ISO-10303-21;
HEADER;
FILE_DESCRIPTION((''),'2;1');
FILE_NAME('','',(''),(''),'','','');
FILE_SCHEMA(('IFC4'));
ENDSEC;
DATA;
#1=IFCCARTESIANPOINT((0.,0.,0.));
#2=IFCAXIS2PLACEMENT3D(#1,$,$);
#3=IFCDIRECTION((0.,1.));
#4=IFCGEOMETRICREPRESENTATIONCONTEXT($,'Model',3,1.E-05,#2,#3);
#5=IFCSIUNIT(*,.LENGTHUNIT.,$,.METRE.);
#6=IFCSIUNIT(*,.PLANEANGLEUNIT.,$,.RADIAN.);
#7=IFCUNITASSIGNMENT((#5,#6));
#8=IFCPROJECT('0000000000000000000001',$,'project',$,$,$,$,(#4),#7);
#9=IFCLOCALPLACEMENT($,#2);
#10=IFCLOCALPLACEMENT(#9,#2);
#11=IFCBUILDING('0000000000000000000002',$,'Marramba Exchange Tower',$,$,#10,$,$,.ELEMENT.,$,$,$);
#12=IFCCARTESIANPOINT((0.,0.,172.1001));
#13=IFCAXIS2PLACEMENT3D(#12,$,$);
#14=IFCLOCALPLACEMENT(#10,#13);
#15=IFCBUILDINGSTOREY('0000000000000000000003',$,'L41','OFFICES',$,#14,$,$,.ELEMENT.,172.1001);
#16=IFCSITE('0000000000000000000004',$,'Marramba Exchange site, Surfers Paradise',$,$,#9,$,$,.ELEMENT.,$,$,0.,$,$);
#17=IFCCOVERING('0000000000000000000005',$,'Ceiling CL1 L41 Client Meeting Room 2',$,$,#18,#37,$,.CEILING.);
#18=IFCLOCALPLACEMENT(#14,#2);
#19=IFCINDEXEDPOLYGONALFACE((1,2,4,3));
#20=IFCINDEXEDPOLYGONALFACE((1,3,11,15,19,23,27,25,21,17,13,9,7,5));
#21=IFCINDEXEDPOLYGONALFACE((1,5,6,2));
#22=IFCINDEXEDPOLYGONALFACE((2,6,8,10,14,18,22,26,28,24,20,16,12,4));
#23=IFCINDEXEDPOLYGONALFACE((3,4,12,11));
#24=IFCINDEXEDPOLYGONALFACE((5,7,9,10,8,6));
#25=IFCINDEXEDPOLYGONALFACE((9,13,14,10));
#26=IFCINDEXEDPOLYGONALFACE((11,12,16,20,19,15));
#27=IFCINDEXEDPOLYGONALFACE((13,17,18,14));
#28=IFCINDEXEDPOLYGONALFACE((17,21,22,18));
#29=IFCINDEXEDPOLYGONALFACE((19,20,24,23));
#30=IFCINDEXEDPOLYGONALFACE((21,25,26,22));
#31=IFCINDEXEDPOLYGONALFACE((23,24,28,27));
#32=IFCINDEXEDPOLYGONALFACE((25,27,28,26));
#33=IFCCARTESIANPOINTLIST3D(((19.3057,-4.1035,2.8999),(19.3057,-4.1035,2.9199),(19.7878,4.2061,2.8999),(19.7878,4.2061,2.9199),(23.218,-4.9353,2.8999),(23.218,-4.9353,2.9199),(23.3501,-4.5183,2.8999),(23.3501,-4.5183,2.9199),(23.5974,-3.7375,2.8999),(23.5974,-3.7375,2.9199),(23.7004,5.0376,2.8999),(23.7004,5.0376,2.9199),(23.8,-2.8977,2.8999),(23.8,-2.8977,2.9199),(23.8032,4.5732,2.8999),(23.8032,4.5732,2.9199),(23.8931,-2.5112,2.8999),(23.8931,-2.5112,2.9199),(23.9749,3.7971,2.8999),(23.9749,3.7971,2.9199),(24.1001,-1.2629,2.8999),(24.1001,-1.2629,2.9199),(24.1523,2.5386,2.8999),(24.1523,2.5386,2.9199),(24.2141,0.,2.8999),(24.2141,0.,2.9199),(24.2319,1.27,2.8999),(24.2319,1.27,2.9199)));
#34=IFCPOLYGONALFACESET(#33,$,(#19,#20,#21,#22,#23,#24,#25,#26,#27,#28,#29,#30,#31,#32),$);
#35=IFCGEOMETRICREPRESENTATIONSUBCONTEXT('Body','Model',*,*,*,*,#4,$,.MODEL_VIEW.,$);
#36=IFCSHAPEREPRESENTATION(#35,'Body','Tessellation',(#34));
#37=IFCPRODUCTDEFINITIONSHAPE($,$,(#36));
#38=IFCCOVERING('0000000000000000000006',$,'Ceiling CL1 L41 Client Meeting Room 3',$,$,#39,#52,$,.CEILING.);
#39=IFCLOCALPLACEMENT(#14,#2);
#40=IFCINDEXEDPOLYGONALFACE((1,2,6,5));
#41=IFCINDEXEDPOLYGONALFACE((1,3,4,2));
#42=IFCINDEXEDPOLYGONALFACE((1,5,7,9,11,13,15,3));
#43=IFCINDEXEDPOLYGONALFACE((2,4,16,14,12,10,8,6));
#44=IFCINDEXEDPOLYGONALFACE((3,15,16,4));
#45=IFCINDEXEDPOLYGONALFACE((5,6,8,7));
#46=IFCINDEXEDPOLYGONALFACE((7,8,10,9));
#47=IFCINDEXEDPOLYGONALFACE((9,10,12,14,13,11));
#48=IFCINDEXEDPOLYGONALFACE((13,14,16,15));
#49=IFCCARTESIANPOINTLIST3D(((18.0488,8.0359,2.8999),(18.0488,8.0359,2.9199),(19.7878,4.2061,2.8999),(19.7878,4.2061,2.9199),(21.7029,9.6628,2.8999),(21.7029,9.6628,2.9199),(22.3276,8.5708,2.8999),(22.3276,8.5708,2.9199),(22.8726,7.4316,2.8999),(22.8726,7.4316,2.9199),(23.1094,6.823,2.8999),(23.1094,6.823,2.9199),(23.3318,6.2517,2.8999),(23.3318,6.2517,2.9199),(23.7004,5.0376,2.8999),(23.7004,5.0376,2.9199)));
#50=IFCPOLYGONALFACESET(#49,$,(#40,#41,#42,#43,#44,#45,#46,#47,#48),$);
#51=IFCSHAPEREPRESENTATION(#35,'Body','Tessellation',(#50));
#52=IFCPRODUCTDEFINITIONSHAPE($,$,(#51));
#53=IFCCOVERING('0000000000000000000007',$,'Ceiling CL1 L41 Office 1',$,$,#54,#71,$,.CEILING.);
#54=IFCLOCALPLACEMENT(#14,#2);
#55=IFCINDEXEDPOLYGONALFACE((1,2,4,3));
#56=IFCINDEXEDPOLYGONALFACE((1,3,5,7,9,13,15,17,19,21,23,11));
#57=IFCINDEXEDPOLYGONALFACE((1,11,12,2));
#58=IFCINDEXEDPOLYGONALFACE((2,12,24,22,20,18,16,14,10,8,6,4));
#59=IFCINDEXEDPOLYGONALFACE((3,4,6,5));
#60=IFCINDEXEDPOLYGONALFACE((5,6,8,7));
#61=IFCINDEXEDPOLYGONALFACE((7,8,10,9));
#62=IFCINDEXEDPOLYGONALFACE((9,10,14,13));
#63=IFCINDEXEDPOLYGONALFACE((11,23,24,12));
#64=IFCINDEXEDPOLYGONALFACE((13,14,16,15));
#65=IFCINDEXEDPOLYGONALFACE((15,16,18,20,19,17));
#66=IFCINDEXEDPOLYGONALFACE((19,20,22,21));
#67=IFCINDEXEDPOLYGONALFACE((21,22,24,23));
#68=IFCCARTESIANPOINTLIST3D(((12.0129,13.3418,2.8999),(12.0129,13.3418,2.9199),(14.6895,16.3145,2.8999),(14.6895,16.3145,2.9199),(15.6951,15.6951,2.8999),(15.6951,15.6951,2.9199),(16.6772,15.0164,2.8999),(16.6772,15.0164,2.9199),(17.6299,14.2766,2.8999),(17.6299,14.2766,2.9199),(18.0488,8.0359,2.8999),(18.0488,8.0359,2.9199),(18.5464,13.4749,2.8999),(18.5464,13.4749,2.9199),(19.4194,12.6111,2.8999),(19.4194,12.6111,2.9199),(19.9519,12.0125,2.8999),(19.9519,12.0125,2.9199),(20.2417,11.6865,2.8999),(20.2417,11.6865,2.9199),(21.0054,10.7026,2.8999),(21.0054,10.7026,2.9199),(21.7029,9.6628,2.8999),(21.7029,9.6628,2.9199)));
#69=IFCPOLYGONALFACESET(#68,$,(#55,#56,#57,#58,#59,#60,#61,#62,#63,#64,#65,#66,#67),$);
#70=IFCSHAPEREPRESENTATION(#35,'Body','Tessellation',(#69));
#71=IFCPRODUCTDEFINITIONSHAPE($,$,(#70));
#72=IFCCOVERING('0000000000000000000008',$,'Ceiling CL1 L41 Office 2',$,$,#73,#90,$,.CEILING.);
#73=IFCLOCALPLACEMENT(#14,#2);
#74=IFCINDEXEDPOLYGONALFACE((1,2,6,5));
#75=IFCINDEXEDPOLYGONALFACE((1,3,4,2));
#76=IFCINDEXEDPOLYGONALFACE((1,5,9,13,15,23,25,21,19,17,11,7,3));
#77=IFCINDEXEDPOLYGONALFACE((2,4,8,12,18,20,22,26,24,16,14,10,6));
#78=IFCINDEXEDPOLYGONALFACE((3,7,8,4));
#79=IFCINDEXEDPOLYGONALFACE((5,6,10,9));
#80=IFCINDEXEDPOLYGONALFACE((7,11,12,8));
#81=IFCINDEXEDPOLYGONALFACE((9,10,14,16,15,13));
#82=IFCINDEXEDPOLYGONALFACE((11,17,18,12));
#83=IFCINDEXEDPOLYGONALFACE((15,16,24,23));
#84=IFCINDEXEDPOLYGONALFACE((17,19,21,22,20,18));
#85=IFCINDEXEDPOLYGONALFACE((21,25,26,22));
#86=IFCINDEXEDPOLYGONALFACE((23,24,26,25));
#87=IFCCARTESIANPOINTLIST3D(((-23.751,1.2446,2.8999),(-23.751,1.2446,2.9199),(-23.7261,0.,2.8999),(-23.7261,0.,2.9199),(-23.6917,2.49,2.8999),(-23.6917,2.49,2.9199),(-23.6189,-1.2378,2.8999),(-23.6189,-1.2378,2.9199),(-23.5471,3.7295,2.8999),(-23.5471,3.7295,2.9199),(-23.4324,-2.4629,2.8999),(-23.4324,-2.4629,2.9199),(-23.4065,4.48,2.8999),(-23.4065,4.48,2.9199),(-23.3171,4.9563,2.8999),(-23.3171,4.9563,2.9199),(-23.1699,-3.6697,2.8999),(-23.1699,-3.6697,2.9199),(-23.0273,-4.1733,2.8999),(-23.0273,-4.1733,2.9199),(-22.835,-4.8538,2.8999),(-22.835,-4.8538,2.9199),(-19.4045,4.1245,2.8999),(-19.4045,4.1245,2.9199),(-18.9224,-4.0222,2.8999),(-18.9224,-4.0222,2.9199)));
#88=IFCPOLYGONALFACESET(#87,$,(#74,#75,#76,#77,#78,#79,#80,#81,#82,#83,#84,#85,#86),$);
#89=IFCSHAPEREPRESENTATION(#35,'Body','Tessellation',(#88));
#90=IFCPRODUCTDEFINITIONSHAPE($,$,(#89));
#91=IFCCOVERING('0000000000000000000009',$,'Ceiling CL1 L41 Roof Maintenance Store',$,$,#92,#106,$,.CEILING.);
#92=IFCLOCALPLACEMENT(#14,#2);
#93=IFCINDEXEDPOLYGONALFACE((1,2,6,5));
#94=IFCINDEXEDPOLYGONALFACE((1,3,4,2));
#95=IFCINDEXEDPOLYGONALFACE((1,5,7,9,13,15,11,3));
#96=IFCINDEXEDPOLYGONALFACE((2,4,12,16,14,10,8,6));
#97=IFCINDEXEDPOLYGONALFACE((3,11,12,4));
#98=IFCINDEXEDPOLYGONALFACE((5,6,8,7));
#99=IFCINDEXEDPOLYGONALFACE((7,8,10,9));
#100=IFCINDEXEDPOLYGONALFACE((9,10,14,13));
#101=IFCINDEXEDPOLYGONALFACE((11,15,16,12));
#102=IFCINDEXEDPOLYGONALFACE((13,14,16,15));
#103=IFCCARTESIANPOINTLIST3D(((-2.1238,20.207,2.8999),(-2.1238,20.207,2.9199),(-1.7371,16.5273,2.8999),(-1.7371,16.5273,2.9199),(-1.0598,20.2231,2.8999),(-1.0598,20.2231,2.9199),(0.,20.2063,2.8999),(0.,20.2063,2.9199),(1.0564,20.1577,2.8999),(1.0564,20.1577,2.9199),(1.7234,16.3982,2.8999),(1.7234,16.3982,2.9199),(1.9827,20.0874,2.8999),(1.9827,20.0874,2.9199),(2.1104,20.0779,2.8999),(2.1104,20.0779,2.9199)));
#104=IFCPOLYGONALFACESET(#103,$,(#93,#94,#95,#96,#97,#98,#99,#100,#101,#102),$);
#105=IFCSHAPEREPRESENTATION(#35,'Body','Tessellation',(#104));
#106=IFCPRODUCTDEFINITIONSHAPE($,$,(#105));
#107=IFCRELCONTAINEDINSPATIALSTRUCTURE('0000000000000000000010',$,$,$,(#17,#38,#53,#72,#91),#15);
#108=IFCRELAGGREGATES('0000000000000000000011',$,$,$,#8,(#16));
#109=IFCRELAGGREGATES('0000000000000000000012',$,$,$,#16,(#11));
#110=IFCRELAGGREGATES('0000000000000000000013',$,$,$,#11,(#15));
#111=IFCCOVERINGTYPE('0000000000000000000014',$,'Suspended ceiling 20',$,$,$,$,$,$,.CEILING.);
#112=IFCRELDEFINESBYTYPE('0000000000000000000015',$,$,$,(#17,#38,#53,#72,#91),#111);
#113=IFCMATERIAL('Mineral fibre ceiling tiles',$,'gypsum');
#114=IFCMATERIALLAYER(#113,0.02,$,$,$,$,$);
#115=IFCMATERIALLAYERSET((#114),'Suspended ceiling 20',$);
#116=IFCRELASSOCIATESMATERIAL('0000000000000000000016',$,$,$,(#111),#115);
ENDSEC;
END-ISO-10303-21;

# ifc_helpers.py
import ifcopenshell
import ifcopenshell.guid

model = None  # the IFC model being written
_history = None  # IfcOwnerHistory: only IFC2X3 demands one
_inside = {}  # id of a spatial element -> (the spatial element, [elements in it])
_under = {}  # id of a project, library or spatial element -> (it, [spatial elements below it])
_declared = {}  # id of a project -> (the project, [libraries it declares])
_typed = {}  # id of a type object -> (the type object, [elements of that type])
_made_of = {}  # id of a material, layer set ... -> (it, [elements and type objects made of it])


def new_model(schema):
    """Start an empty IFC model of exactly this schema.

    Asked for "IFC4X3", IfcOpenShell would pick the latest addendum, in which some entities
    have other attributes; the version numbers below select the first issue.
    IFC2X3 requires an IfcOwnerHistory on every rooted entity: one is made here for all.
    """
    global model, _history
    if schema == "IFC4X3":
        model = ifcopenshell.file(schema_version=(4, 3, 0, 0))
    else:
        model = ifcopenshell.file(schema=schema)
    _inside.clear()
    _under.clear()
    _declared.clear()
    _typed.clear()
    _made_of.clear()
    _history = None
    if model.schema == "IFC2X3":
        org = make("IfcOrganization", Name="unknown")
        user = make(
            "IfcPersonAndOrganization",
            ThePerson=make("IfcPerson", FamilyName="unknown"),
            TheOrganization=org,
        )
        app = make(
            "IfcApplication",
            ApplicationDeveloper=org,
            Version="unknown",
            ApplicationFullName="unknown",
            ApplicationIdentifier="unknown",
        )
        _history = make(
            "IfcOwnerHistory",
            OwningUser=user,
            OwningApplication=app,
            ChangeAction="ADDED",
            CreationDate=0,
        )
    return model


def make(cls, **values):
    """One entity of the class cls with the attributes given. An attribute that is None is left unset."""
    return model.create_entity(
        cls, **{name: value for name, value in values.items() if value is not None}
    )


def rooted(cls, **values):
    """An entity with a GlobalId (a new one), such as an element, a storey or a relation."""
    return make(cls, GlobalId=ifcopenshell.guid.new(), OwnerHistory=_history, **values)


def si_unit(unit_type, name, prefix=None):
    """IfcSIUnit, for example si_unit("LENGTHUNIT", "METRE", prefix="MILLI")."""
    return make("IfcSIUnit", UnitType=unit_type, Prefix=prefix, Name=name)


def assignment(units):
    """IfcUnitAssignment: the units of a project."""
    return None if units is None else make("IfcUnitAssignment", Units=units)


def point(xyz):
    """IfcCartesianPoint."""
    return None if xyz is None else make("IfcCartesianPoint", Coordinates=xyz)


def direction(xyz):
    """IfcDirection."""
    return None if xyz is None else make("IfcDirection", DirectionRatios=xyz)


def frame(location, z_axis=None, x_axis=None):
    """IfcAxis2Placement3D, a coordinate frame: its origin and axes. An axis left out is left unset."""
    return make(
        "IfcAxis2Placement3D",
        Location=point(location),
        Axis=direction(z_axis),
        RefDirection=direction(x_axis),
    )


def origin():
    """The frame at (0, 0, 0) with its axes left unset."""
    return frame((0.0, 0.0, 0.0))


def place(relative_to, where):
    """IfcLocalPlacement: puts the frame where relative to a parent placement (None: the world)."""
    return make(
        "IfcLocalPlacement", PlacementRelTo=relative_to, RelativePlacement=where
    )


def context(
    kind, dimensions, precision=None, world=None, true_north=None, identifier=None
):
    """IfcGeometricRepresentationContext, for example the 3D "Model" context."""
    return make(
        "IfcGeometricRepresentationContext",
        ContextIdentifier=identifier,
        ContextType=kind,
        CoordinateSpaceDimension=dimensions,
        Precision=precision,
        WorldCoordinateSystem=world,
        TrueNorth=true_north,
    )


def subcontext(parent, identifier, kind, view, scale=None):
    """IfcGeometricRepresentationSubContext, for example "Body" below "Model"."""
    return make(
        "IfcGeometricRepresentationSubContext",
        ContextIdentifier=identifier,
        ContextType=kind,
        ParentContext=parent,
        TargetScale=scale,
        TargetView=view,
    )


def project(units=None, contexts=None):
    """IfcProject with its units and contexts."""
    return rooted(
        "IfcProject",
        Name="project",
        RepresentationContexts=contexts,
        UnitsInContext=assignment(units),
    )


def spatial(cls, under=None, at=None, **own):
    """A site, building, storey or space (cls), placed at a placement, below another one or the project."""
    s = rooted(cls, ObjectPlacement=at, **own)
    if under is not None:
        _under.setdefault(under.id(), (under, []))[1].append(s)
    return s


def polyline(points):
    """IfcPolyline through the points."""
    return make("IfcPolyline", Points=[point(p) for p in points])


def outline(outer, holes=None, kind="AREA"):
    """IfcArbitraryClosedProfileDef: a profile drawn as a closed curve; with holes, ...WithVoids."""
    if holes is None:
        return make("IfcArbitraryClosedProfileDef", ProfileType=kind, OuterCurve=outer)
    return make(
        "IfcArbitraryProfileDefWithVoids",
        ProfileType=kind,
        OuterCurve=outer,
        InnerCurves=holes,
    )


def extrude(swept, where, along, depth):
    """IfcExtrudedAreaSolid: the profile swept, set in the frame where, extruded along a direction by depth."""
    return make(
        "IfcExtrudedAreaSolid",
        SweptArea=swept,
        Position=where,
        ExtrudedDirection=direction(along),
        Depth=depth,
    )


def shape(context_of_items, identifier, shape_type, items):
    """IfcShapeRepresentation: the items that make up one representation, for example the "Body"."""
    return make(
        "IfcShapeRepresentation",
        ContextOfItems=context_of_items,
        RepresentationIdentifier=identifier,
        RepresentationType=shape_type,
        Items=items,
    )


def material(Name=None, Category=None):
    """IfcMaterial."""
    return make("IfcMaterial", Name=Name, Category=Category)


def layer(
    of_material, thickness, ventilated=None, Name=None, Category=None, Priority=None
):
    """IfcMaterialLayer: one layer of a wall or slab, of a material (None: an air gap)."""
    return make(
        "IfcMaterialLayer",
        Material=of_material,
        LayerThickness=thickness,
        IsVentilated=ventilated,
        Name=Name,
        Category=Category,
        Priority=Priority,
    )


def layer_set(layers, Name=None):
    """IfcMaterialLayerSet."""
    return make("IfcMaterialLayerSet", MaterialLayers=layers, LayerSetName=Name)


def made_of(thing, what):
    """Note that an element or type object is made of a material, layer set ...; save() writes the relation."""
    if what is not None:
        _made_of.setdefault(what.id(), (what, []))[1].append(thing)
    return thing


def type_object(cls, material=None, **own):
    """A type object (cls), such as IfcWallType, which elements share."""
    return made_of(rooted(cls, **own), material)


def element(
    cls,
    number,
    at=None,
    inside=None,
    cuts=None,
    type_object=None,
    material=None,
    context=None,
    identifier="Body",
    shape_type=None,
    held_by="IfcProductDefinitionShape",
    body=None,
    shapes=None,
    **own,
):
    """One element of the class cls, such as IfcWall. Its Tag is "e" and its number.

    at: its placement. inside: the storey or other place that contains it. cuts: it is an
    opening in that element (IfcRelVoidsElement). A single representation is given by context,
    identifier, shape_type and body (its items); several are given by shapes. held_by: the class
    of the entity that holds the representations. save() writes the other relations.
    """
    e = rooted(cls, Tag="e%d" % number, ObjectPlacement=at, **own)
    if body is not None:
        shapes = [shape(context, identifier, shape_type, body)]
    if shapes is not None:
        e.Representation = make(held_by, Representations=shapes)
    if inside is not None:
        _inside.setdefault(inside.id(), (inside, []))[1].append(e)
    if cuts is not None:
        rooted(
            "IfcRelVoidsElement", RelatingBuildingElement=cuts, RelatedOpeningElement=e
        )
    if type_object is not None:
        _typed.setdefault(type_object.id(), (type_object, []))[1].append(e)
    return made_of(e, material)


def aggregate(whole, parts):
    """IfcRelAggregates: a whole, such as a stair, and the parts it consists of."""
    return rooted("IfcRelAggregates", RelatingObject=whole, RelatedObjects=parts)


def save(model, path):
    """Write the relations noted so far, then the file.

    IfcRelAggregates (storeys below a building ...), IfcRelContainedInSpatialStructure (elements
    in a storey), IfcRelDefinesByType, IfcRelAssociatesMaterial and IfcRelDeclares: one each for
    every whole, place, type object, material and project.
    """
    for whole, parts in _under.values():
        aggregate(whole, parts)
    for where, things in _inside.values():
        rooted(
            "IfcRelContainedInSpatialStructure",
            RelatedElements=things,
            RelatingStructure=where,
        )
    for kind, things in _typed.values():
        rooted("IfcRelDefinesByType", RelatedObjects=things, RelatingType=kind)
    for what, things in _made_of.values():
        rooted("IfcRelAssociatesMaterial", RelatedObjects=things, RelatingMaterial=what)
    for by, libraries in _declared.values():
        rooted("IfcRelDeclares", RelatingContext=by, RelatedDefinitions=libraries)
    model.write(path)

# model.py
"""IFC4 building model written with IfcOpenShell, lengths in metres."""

from ifc_helpers import new_model, si_unit, direction, frame, origin, place, context, subcontext, project, spatial, polyline, outline, extrude, material, layer, layer_set, type_object, element, save


model = new_model("IFC4")

# Units and contexts
model_context = context("Model", 3, precision=1e-05, world=origin(), true_north=direction((0.0, 1.0)))
body_context = subcontext(model_context, "Body", "Model", "MODEL_VIEW")
ifc_project = project(units=[si_unit("LENGTHUNIT", "METRE"), si_unit("PLANEANGLEUNIT", "RADIAN")], contexts=[model_context])

# Site, building, storey
site_placement = place(None, origin())
site = spatial("IfcSite", under=ifc_project, at=site_placement, Name="Marramba Exchange site, Surfers Paradise", CompositionType="ELEMENT", RefElevation=0.0)
building_placement = place(site_placement, origin())
building = spatial("IfcBuilding", under=site, at=building_placement, Name="Marramba Exchange Tower", CompositionType="ELEMENT")
storey_placement = place(building_placement, frame((0.0, 0.0, 172.1001)))
storey = spatial("IfcBuildingStorey", under=building, at=storey_placement, Name="L41", Description="OFFICES", CompositionType="ELEMENT", Elevation=172.1001)

# Coverings
ifc_material_1 = material(Name="Mineral fibre ceiling tiles", Category="gypsum")
ifc_layer_1 = layer(ifc_material_1, 0.02)
ifc_layer_set_1 = layer_set([ifc_layer_1], Name="Suspended ceiling 20")
covering_type = type_object("IfcCoveringType", Name="Suspended ceiling 20", PredefinedType="CEILING", material=ifc_layer_set_1)
covering_1_placement = place(storey_placement, frame((0.0, 0.0, 2.8999)))
element("IfcCovering", 1, at=covering_1_placement, inside=storey, type_object=covering_type, Name="Ceiling CL1 L41 Client Meeting Room 2", PredefinedType="CEILING", context=body_context, shape_type="SweptSolid", body=[
    extrude(outline(polyline([(23.8032, 4.5732), (23.9749, 3.7971), (24.1523, 2.5386), (24.2319, 1.27), (24.2141, 0.0), (24.1001, -1.2629), (23.8931, -2.5112), (23.8, -2.8977), (23.5974, -3.7375), (23.3501, -4.5183), (23.218, -4.9353), (19.3057, -4.1035), (19.7878, 4.2061), (23.7004, 5.0376), (23.8032, 4.5732)])), origin(), (0.0, 0.0, 1.0), 0.02),
])
covering_2_placement = place(storey_placement, frame((0.0, 0.0, 2.8999)))
element("IfcCovering", 2, at=covering_2_placement, inside=storey, type_object=covering_type, Name="Ceiling CL1 L41 Client Meeting Room 3", PredefinedType="CEILING", context=body_context, shape_type="SweptSolid", body=[
    extrude(outline(polyline([(22.3276, 8.5708), (22.8726, 7.4316), (23.1094, 6.823), (23.3318, 6.2517), (23.7004, 5.0376), (19.7878, 4.2061), (18.0488, 8.0359), (21.7029, 9.6628), (22.3276, 8.5708)])), origin(), (0.0, 0.0, 1.0), 0.02),
])
covering_3_placement = place(storey_placement, frame((0.0, 0.0, 2.8999)))
element("IfcCovering", 3, at=covering_3_placement, inside=storey, type_object=covering_type, Name="Ceiling CL1 L41 Office 1", PredefinedType="CEILING", context=body_context, shape_type="SweptSolid", body=[
    extrude(outline(polyline([(15.6951, 15.6951), (16.6772, 15.0164), (17.6299, 14.2766), (18.5464, 13.4749), (19.4194, 12.6111), (19.9519, 12.0125), (20.2417, 11.6865), (21.0054, 10.7026), (21.7029, 9.6628), (18.0488, 8.0359), (12.0129, 13.3418), (14.6895, 16.3145), (15.6951, 15.6951)])), origin(), (0.0, 0.0, 1.0), 0.02),
])
covering_4_placement = place(storey_placement, frame((0.0, 0.0, 2.8999)))
element("IfcCovering", 4, at=covering_4_placement, inside=storey, type_object=covering_type, Name="Ceiling CL1 L41 Office 2", PredefinedType="CEILING", context=body_context, shape_type="SweptSolid", body=[
    extrude(outline(polyline([(-23.0273, -4.1733), (-23.1699, -3.6697), (-23.4324, -2.4629), (-23.6189, -1.2378), (-23.7261, 0.0), (-23.751, 1.2446), (-23.6917, 2.49), (-23.5471, 3.7295), (-23.4065, 4.48), (-23.3171, 4.9563), (-19.4045, 4.1245), (-18.9224, -4.0222), (-22.835, -4.8538), (-23.0273, -4.1733)])), origin(), (0.0, 0.0, 1.0), 0.02),
])
covering_5_placement = place(storey_placement, frame((0.0, 0.0, 2.8999)))
element("IfcCovering", 5, at=covering_5_placement, inside=storey, type_object=covering_type, Name="Ceiling CL1 L41 Roof Maintenance Store", PredefinedType="CEILING", context=body_context, shape_type="SweptSolid", body=[
    extrude(outline(polyline([(0.0, 20.2063), (1.0564, 20.1577), (1.9827, 20.0874), (2.1104, 20.0779), (1.7234, 16.3982), (-1.7371, 16.5273), (-2.1238, 20.207), (-1.0598, 20.2231), (0.0, 20.2063)])), origin(), (0.0, 0.0, 1.0), 0.02),
])

save(model, "model.ifc")
